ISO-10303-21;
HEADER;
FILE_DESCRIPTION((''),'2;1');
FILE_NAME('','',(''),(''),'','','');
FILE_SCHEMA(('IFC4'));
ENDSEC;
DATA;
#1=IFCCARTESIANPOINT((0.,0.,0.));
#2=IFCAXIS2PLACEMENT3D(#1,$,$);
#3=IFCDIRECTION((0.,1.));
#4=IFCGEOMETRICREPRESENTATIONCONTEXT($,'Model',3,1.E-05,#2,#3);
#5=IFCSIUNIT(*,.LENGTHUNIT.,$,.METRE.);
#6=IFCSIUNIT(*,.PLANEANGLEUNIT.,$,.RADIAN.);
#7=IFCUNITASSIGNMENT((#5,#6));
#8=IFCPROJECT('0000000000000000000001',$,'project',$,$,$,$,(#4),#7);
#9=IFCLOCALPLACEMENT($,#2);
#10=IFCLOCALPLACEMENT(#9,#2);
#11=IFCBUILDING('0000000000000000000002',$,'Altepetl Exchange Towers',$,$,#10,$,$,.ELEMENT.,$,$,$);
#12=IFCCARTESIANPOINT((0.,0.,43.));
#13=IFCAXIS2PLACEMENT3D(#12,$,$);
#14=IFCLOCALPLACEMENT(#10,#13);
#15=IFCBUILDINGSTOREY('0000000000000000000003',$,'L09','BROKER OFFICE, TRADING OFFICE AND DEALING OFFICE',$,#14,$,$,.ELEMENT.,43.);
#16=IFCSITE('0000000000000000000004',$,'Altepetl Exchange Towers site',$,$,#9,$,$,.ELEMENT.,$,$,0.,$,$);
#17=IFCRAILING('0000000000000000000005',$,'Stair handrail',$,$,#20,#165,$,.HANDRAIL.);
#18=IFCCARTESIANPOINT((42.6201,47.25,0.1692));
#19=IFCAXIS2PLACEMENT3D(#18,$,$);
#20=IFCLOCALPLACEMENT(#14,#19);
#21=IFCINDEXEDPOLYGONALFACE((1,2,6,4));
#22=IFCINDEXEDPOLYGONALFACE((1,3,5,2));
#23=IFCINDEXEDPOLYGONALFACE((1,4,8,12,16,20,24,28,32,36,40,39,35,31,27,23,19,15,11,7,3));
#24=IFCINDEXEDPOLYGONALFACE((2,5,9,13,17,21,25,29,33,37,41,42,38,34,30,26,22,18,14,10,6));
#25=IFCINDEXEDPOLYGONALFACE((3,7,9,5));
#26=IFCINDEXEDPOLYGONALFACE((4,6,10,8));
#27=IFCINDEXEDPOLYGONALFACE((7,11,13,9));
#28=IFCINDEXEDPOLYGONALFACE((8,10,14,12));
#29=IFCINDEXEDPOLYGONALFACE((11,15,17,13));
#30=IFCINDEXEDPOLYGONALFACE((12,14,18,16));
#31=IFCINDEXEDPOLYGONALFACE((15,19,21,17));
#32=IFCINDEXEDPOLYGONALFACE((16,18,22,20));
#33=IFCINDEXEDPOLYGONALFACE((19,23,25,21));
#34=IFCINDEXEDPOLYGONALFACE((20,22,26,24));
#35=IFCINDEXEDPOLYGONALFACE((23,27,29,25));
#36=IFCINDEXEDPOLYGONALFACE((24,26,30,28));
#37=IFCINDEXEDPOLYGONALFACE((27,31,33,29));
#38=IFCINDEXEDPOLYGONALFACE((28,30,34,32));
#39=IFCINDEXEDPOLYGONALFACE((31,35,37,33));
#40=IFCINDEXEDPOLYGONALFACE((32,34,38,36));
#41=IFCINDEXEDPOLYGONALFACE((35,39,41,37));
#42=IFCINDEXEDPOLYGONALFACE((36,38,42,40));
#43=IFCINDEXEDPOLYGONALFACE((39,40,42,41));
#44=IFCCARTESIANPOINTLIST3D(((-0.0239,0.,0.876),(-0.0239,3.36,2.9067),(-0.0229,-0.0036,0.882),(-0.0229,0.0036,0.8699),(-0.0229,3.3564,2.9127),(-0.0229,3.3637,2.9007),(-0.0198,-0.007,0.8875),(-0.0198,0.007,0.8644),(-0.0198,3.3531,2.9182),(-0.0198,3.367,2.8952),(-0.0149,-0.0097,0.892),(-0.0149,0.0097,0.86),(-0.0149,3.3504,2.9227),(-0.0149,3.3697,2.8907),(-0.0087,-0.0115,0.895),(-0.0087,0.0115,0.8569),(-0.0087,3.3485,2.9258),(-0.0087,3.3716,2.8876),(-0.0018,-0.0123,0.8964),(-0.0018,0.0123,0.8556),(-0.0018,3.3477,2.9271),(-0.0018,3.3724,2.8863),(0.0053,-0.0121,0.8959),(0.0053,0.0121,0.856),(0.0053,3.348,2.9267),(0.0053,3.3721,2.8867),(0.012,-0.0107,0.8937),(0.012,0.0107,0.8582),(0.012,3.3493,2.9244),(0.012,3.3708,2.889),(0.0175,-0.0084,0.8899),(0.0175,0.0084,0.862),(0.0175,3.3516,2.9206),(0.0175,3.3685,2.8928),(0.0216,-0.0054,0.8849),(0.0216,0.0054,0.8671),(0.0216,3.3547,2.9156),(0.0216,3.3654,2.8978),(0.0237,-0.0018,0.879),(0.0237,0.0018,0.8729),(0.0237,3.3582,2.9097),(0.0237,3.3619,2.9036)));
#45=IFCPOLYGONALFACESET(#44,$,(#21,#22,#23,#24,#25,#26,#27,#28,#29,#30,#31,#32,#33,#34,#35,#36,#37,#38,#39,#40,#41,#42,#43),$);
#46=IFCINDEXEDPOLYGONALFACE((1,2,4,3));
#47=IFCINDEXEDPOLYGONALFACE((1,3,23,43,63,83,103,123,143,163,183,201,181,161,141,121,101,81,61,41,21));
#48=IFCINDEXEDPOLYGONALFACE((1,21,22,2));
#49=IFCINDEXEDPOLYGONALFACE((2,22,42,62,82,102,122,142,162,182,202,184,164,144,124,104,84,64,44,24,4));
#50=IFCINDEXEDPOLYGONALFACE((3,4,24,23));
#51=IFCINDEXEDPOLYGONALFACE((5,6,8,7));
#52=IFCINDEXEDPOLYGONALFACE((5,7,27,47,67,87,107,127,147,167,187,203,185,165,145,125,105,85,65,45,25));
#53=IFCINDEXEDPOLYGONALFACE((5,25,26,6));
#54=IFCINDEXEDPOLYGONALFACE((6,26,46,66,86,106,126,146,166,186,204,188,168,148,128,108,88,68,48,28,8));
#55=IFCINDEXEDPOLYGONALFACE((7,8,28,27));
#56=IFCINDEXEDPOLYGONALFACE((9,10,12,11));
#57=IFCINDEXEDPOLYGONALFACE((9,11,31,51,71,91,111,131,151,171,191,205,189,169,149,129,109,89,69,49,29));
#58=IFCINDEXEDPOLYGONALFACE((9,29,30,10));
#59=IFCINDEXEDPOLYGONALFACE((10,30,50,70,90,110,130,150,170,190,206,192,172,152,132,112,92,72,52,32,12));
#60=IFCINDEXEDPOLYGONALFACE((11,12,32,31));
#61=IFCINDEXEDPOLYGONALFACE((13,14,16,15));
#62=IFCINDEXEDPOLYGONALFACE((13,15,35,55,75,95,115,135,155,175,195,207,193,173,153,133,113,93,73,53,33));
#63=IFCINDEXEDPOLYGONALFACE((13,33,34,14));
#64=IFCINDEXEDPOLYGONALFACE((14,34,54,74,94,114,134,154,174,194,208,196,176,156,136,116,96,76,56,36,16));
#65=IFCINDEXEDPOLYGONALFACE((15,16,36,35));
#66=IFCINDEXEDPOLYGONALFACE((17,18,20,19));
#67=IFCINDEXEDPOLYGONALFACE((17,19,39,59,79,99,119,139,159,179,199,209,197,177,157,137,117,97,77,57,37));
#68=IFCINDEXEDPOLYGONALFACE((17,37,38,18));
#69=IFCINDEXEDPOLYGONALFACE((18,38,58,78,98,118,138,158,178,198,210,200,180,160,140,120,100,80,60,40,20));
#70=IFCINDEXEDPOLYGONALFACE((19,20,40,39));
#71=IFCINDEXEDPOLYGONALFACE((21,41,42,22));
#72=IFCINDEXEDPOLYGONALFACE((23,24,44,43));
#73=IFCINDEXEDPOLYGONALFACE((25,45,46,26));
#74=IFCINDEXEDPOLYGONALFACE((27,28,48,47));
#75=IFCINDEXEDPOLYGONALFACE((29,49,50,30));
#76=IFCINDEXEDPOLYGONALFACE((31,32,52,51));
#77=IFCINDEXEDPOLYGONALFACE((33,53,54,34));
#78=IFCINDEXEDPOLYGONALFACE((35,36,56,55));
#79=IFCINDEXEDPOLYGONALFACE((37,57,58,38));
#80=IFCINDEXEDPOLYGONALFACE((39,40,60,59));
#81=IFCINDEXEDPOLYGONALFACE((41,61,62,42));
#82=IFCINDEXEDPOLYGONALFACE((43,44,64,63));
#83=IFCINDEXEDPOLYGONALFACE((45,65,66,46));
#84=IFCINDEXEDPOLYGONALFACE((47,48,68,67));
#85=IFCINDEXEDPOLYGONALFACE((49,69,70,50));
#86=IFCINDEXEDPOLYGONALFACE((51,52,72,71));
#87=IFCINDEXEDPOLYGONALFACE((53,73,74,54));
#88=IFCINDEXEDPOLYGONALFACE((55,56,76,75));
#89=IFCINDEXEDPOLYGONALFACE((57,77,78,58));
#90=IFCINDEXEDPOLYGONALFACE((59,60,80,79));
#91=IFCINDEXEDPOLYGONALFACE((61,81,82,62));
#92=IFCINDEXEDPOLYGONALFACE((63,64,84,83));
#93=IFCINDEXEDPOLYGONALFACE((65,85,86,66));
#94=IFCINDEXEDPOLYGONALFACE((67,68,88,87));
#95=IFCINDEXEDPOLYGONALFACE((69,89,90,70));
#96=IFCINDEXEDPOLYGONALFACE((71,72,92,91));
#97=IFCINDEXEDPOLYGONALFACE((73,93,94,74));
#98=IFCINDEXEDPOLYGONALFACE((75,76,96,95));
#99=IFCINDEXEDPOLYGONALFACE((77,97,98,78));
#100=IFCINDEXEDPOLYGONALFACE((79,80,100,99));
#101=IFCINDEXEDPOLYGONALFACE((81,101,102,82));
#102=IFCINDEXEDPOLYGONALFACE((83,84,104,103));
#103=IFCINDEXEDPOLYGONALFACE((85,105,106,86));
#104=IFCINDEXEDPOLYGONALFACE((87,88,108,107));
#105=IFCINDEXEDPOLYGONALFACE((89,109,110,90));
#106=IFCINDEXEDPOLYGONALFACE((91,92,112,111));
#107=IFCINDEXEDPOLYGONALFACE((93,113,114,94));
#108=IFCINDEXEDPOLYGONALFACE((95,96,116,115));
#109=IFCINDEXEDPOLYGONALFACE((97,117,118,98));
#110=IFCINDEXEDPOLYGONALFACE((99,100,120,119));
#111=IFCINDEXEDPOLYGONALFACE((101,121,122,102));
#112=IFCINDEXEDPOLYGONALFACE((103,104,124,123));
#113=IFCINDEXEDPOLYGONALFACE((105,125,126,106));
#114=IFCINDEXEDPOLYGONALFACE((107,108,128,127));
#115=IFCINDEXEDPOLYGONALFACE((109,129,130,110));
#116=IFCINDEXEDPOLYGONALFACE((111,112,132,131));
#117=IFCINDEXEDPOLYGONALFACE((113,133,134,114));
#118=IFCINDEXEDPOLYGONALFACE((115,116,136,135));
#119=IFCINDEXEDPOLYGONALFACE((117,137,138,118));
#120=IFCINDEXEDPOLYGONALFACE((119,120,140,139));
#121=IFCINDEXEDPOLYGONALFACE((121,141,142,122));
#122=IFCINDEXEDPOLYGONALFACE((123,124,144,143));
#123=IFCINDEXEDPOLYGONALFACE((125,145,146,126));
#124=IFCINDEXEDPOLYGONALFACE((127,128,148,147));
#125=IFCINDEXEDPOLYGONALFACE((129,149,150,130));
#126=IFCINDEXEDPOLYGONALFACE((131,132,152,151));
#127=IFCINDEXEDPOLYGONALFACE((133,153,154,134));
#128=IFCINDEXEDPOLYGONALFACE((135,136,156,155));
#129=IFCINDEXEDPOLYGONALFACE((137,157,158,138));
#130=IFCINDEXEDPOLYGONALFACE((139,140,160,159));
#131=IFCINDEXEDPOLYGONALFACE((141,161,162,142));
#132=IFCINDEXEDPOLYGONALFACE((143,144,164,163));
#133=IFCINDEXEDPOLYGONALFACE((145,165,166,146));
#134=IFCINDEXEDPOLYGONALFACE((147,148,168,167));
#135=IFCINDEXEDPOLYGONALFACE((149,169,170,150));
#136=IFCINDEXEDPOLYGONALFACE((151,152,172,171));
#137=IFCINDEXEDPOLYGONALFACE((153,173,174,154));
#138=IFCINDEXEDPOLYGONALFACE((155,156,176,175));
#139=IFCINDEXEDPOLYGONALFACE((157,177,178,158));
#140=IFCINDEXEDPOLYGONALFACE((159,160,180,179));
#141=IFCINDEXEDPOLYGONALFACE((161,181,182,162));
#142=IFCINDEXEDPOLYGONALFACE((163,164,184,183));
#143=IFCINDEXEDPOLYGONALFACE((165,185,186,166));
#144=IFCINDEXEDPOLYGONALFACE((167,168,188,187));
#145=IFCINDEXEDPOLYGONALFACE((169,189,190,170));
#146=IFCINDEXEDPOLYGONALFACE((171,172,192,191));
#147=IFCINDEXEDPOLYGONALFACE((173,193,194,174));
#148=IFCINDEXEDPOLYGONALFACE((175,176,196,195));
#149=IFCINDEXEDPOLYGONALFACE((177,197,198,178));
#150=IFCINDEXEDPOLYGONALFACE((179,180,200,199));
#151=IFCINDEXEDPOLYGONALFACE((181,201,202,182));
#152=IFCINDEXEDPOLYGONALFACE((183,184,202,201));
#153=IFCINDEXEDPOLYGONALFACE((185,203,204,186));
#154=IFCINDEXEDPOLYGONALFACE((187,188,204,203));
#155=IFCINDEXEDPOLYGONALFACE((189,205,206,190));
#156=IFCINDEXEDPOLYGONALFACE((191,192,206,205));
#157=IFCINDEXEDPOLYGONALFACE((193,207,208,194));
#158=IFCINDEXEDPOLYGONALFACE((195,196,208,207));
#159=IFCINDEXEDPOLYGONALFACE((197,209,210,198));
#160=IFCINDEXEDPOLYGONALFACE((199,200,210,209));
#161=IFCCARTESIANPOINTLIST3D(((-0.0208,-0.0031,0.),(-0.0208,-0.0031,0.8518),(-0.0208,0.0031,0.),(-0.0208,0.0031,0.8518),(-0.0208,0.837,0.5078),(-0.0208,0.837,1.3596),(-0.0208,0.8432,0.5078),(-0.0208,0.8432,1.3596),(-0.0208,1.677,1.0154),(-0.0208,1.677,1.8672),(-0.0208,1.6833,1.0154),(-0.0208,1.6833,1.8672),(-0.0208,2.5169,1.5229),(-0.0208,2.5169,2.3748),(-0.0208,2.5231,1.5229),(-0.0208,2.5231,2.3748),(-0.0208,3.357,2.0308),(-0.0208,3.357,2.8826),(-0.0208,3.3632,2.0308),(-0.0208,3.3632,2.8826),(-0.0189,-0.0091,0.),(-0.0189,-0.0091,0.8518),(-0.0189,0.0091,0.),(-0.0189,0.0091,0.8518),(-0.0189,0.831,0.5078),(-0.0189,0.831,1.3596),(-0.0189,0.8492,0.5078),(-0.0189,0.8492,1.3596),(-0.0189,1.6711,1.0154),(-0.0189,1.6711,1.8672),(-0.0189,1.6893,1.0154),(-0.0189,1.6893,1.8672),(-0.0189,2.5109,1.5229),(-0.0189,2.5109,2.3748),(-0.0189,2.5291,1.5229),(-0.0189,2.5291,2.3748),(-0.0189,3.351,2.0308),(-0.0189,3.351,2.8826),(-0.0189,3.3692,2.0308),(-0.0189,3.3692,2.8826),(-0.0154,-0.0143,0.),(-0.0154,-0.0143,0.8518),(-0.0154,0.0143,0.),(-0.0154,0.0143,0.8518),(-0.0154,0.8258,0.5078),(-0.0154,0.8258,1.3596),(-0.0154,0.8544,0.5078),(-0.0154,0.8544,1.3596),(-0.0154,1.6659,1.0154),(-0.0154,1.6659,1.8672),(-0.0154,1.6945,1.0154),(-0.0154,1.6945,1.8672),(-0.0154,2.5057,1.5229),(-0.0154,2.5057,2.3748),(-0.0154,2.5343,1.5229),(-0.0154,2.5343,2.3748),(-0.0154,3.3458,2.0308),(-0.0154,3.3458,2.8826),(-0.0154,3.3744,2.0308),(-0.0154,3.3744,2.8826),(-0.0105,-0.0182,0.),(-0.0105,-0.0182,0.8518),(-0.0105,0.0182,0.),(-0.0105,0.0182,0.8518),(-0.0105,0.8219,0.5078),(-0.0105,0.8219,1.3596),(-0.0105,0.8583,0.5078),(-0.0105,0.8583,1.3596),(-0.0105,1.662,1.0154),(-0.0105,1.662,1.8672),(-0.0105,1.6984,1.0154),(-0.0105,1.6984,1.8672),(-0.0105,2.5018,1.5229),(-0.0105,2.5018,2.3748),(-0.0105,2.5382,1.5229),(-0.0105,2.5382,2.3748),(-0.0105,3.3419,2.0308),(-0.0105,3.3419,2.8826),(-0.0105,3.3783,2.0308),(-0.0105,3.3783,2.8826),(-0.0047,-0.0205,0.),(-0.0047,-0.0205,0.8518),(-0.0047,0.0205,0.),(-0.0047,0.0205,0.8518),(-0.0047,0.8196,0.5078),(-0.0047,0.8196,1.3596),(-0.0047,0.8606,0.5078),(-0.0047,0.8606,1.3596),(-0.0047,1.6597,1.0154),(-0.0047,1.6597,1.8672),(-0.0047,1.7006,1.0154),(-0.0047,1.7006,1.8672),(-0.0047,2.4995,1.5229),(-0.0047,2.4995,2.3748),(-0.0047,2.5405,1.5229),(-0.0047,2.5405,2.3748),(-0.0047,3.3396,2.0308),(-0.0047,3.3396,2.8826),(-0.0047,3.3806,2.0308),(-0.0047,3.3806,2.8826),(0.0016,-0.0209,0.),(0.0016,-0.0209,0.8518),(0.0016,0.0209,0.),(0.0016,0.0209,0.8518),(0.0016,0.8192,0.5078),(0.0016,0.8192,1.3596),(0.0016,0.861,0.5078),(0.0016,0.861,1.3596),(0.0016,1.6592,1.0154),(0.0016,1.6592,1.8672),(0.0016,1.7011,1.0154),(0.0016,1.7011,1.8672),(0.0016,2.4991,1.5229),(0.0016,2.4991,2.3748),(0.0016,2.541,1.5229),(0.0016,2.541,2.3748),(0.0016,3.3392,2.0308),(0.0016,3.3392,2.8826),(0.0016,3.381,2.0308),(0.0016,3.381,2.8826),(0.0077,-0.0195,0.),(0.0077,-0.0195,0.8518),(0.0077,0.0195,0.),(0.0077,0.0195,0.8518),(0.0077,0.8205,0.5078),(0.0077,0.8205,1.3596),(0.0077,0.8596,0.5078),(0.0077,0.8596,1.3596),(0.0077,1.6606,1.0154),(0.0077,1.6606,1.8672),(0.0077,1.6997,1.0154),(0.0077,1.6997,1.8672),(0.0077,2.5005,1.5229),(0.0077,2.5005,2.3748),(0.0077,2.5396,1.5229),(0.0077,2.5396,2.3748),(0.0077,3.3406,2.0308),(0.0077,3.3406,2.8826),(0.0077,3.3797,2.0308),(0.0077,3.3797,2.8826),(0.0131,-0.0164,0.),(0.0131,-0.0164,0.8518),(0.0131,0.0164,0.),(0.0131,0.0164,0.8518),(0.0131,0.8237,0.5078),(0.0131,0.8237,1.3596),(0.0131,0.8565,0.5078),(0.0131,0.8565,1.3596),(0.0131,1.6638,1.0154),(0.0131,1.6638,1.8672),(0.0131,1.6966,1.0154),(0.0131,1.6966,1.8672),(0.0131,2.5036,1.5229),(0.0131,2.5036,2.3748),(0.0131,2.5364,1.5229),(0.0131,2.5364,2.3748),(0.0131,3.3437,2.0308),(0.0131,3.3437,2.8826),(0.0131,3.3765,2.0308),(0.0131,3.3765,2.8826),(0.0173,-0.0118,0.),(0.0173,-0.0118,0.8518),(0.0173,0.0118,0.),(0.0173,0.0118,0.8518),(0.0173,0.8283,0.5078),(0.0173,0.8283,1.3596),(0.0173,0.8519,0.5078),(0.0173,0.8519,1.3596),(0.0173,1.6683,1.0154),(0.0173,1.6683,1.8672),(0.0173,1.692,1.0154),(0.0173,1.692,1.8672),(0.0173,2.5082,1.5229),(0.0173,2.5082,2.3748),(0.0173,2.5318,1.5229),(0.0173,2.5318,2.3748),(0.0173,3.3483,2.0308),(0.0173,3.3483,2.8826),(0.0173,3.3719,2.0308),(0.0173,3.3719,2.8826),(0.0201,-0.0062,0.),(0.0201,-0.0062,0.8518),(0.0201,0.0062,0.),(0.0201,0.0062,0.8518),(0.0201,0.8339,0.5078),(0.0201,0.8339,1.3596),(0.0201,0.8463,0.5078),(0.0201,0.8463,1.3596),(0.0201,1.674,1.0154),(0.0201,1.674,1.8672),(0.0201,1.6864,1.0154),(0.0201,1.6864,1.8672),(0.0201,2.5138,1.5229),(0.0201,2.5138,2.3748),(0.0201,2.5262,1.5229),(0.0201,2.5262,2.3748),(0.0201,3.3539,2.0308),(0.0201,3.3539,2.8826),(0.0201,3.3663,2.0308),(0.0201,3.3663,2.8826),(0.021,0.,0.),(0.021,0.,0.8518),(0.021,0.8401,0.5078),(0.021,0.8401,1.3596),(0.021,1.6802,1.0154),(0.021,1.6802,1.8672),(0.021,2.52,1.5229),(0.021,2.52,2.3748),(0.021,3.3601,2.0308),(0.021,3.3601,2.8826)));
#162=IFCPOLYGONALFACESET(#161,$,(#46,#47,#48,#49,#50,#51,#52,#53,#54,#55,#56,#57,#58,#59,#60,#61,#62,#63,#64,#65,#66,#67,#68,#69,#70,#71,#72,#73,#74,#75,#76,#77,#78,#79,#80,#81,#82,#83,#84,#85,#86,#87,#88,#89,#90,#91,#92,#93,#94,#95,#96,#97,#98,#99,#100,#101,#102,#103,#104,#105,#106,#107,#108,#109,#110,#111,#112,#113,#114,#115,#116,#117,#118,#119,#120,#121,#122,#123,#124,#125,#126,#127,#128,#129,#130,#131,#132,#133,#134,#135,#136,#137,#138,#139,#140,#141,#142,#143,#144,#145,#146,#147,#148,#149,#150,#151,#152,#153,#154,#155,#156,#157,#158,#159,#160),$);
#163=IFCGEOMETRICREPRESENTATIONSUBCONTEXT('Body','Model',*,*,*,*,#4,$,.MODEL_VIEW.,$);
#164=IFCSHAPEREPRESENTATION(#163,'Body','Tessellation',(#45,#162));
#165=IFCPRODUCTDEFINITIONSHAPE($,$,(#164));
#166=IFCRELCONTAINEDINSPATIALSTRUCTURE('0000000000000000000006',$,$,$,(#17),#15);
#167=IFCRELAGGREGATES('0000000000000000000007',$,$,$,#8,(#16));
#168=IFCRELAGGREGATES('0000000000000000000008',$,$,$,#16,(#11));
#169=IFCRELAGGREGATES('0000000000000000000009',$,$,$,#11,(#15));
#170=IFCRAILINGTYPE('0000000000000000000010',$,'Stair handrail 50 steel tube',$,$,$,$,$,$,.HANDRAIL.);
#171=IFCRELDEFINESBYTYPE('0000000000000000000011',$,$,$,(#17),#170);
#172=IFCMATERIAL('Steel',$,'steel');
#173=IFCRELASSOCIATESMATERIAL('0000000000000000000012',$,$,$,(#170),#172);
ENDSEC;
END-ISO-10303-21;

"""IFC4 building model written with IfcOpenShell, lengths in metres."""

from ifc_helpers import new_model, si_unit, direction, frame, origin, origin_2d, place, context, subcontext, project, spatial, circle, extrude, source, transform, mapped, material, type_object, element, save


model = new_model("IFC4")

# Units and contexts
model_context = context("Model", 3, precision=1e-05, world=origin(), true_north=direction((0.0, 1.0)))
body_context = subcontext(model_context, "Body", "Model", "MODEL_VIEW")
ifc_project = project(units=[si_unit("LENGTHUNIT", "METRE"), si_unit("PLANEANGLEUNIT", "RADIAN")], contexts=[model_context])

# Site, building, storey
site_placement = place(None, origin())
site = spatial("IfcSite", under=ifc_project, at=site_placement, Name="Altepetl Exchange Towers site", CompositionType="ELEMENT", RefElevation=0.0)
building_placement = place(site_placement, origin())
building = spatial("IfcBuilding", under=site, at=building_placement, Name="Altepetl Exchange Towers", CompositionType="ELEMENT")
storey_placement = place(building_placement, frame((0.0, 0.0, 43.0)))
storey = spatial("IfcBuildingStorey", under=building, at=storey_placement, Name="L09", Description="BROKER OFFICE, TRADING OFFICE AND DEALING OFFICE", CompositionType="ELEMENT", Elevation=43.0)

# Railing
ifc_material_1 = material(Name="Steel", Category="steel")
railing_type = type_object("IfcRailingType", Name="Stair handrail 50 steel tube", PredefinedType="HANDRAIL", material=ifc_material_1)
shared_shape = source(origin(), body_context, "Body", "SweptSolid", [
    extrude(circle(Radius=0.021, at=origin_2d()), origin(), (0.0, 0.0, 1.0), 0.8518),
])
railing_1_placement = place(storey_placement, frame((42.6201, 47.25, 0.1692)))
element("IfcRailing", 1, at=railing_1_placement, inside=storey, type_object=railing_type, Name="Stair handrail", PredefinedType="HANDRAIL", context=body_context, shape_type="SweptSolid", body=[
    extrude(circle(Radius=0.0239, at=origin_2d()), frame((0.0, 0.0, 0.876), z_axis=(0.0, 0.855837, 0.517246), x_axis=(-1.0, 0.0, 0.0)), (0.0, 0.0, 1.0), 3.926),
    mapped(shared_shape, transform((0.0, 0.0, 0.0))),
    mapped(shared_shape, transform((0.0, 0.8401, 0.5078))),
    mapped(shared_shape, transform((0.0, 1.6802, 1.0154))),
    mapped(shared_shape, transform((0.0, 2.52, 1.5229))),
    mapped(shared_shape, transform((0.0, 3.3601, 2.0308))),
])

save(model, "model.ifc")
